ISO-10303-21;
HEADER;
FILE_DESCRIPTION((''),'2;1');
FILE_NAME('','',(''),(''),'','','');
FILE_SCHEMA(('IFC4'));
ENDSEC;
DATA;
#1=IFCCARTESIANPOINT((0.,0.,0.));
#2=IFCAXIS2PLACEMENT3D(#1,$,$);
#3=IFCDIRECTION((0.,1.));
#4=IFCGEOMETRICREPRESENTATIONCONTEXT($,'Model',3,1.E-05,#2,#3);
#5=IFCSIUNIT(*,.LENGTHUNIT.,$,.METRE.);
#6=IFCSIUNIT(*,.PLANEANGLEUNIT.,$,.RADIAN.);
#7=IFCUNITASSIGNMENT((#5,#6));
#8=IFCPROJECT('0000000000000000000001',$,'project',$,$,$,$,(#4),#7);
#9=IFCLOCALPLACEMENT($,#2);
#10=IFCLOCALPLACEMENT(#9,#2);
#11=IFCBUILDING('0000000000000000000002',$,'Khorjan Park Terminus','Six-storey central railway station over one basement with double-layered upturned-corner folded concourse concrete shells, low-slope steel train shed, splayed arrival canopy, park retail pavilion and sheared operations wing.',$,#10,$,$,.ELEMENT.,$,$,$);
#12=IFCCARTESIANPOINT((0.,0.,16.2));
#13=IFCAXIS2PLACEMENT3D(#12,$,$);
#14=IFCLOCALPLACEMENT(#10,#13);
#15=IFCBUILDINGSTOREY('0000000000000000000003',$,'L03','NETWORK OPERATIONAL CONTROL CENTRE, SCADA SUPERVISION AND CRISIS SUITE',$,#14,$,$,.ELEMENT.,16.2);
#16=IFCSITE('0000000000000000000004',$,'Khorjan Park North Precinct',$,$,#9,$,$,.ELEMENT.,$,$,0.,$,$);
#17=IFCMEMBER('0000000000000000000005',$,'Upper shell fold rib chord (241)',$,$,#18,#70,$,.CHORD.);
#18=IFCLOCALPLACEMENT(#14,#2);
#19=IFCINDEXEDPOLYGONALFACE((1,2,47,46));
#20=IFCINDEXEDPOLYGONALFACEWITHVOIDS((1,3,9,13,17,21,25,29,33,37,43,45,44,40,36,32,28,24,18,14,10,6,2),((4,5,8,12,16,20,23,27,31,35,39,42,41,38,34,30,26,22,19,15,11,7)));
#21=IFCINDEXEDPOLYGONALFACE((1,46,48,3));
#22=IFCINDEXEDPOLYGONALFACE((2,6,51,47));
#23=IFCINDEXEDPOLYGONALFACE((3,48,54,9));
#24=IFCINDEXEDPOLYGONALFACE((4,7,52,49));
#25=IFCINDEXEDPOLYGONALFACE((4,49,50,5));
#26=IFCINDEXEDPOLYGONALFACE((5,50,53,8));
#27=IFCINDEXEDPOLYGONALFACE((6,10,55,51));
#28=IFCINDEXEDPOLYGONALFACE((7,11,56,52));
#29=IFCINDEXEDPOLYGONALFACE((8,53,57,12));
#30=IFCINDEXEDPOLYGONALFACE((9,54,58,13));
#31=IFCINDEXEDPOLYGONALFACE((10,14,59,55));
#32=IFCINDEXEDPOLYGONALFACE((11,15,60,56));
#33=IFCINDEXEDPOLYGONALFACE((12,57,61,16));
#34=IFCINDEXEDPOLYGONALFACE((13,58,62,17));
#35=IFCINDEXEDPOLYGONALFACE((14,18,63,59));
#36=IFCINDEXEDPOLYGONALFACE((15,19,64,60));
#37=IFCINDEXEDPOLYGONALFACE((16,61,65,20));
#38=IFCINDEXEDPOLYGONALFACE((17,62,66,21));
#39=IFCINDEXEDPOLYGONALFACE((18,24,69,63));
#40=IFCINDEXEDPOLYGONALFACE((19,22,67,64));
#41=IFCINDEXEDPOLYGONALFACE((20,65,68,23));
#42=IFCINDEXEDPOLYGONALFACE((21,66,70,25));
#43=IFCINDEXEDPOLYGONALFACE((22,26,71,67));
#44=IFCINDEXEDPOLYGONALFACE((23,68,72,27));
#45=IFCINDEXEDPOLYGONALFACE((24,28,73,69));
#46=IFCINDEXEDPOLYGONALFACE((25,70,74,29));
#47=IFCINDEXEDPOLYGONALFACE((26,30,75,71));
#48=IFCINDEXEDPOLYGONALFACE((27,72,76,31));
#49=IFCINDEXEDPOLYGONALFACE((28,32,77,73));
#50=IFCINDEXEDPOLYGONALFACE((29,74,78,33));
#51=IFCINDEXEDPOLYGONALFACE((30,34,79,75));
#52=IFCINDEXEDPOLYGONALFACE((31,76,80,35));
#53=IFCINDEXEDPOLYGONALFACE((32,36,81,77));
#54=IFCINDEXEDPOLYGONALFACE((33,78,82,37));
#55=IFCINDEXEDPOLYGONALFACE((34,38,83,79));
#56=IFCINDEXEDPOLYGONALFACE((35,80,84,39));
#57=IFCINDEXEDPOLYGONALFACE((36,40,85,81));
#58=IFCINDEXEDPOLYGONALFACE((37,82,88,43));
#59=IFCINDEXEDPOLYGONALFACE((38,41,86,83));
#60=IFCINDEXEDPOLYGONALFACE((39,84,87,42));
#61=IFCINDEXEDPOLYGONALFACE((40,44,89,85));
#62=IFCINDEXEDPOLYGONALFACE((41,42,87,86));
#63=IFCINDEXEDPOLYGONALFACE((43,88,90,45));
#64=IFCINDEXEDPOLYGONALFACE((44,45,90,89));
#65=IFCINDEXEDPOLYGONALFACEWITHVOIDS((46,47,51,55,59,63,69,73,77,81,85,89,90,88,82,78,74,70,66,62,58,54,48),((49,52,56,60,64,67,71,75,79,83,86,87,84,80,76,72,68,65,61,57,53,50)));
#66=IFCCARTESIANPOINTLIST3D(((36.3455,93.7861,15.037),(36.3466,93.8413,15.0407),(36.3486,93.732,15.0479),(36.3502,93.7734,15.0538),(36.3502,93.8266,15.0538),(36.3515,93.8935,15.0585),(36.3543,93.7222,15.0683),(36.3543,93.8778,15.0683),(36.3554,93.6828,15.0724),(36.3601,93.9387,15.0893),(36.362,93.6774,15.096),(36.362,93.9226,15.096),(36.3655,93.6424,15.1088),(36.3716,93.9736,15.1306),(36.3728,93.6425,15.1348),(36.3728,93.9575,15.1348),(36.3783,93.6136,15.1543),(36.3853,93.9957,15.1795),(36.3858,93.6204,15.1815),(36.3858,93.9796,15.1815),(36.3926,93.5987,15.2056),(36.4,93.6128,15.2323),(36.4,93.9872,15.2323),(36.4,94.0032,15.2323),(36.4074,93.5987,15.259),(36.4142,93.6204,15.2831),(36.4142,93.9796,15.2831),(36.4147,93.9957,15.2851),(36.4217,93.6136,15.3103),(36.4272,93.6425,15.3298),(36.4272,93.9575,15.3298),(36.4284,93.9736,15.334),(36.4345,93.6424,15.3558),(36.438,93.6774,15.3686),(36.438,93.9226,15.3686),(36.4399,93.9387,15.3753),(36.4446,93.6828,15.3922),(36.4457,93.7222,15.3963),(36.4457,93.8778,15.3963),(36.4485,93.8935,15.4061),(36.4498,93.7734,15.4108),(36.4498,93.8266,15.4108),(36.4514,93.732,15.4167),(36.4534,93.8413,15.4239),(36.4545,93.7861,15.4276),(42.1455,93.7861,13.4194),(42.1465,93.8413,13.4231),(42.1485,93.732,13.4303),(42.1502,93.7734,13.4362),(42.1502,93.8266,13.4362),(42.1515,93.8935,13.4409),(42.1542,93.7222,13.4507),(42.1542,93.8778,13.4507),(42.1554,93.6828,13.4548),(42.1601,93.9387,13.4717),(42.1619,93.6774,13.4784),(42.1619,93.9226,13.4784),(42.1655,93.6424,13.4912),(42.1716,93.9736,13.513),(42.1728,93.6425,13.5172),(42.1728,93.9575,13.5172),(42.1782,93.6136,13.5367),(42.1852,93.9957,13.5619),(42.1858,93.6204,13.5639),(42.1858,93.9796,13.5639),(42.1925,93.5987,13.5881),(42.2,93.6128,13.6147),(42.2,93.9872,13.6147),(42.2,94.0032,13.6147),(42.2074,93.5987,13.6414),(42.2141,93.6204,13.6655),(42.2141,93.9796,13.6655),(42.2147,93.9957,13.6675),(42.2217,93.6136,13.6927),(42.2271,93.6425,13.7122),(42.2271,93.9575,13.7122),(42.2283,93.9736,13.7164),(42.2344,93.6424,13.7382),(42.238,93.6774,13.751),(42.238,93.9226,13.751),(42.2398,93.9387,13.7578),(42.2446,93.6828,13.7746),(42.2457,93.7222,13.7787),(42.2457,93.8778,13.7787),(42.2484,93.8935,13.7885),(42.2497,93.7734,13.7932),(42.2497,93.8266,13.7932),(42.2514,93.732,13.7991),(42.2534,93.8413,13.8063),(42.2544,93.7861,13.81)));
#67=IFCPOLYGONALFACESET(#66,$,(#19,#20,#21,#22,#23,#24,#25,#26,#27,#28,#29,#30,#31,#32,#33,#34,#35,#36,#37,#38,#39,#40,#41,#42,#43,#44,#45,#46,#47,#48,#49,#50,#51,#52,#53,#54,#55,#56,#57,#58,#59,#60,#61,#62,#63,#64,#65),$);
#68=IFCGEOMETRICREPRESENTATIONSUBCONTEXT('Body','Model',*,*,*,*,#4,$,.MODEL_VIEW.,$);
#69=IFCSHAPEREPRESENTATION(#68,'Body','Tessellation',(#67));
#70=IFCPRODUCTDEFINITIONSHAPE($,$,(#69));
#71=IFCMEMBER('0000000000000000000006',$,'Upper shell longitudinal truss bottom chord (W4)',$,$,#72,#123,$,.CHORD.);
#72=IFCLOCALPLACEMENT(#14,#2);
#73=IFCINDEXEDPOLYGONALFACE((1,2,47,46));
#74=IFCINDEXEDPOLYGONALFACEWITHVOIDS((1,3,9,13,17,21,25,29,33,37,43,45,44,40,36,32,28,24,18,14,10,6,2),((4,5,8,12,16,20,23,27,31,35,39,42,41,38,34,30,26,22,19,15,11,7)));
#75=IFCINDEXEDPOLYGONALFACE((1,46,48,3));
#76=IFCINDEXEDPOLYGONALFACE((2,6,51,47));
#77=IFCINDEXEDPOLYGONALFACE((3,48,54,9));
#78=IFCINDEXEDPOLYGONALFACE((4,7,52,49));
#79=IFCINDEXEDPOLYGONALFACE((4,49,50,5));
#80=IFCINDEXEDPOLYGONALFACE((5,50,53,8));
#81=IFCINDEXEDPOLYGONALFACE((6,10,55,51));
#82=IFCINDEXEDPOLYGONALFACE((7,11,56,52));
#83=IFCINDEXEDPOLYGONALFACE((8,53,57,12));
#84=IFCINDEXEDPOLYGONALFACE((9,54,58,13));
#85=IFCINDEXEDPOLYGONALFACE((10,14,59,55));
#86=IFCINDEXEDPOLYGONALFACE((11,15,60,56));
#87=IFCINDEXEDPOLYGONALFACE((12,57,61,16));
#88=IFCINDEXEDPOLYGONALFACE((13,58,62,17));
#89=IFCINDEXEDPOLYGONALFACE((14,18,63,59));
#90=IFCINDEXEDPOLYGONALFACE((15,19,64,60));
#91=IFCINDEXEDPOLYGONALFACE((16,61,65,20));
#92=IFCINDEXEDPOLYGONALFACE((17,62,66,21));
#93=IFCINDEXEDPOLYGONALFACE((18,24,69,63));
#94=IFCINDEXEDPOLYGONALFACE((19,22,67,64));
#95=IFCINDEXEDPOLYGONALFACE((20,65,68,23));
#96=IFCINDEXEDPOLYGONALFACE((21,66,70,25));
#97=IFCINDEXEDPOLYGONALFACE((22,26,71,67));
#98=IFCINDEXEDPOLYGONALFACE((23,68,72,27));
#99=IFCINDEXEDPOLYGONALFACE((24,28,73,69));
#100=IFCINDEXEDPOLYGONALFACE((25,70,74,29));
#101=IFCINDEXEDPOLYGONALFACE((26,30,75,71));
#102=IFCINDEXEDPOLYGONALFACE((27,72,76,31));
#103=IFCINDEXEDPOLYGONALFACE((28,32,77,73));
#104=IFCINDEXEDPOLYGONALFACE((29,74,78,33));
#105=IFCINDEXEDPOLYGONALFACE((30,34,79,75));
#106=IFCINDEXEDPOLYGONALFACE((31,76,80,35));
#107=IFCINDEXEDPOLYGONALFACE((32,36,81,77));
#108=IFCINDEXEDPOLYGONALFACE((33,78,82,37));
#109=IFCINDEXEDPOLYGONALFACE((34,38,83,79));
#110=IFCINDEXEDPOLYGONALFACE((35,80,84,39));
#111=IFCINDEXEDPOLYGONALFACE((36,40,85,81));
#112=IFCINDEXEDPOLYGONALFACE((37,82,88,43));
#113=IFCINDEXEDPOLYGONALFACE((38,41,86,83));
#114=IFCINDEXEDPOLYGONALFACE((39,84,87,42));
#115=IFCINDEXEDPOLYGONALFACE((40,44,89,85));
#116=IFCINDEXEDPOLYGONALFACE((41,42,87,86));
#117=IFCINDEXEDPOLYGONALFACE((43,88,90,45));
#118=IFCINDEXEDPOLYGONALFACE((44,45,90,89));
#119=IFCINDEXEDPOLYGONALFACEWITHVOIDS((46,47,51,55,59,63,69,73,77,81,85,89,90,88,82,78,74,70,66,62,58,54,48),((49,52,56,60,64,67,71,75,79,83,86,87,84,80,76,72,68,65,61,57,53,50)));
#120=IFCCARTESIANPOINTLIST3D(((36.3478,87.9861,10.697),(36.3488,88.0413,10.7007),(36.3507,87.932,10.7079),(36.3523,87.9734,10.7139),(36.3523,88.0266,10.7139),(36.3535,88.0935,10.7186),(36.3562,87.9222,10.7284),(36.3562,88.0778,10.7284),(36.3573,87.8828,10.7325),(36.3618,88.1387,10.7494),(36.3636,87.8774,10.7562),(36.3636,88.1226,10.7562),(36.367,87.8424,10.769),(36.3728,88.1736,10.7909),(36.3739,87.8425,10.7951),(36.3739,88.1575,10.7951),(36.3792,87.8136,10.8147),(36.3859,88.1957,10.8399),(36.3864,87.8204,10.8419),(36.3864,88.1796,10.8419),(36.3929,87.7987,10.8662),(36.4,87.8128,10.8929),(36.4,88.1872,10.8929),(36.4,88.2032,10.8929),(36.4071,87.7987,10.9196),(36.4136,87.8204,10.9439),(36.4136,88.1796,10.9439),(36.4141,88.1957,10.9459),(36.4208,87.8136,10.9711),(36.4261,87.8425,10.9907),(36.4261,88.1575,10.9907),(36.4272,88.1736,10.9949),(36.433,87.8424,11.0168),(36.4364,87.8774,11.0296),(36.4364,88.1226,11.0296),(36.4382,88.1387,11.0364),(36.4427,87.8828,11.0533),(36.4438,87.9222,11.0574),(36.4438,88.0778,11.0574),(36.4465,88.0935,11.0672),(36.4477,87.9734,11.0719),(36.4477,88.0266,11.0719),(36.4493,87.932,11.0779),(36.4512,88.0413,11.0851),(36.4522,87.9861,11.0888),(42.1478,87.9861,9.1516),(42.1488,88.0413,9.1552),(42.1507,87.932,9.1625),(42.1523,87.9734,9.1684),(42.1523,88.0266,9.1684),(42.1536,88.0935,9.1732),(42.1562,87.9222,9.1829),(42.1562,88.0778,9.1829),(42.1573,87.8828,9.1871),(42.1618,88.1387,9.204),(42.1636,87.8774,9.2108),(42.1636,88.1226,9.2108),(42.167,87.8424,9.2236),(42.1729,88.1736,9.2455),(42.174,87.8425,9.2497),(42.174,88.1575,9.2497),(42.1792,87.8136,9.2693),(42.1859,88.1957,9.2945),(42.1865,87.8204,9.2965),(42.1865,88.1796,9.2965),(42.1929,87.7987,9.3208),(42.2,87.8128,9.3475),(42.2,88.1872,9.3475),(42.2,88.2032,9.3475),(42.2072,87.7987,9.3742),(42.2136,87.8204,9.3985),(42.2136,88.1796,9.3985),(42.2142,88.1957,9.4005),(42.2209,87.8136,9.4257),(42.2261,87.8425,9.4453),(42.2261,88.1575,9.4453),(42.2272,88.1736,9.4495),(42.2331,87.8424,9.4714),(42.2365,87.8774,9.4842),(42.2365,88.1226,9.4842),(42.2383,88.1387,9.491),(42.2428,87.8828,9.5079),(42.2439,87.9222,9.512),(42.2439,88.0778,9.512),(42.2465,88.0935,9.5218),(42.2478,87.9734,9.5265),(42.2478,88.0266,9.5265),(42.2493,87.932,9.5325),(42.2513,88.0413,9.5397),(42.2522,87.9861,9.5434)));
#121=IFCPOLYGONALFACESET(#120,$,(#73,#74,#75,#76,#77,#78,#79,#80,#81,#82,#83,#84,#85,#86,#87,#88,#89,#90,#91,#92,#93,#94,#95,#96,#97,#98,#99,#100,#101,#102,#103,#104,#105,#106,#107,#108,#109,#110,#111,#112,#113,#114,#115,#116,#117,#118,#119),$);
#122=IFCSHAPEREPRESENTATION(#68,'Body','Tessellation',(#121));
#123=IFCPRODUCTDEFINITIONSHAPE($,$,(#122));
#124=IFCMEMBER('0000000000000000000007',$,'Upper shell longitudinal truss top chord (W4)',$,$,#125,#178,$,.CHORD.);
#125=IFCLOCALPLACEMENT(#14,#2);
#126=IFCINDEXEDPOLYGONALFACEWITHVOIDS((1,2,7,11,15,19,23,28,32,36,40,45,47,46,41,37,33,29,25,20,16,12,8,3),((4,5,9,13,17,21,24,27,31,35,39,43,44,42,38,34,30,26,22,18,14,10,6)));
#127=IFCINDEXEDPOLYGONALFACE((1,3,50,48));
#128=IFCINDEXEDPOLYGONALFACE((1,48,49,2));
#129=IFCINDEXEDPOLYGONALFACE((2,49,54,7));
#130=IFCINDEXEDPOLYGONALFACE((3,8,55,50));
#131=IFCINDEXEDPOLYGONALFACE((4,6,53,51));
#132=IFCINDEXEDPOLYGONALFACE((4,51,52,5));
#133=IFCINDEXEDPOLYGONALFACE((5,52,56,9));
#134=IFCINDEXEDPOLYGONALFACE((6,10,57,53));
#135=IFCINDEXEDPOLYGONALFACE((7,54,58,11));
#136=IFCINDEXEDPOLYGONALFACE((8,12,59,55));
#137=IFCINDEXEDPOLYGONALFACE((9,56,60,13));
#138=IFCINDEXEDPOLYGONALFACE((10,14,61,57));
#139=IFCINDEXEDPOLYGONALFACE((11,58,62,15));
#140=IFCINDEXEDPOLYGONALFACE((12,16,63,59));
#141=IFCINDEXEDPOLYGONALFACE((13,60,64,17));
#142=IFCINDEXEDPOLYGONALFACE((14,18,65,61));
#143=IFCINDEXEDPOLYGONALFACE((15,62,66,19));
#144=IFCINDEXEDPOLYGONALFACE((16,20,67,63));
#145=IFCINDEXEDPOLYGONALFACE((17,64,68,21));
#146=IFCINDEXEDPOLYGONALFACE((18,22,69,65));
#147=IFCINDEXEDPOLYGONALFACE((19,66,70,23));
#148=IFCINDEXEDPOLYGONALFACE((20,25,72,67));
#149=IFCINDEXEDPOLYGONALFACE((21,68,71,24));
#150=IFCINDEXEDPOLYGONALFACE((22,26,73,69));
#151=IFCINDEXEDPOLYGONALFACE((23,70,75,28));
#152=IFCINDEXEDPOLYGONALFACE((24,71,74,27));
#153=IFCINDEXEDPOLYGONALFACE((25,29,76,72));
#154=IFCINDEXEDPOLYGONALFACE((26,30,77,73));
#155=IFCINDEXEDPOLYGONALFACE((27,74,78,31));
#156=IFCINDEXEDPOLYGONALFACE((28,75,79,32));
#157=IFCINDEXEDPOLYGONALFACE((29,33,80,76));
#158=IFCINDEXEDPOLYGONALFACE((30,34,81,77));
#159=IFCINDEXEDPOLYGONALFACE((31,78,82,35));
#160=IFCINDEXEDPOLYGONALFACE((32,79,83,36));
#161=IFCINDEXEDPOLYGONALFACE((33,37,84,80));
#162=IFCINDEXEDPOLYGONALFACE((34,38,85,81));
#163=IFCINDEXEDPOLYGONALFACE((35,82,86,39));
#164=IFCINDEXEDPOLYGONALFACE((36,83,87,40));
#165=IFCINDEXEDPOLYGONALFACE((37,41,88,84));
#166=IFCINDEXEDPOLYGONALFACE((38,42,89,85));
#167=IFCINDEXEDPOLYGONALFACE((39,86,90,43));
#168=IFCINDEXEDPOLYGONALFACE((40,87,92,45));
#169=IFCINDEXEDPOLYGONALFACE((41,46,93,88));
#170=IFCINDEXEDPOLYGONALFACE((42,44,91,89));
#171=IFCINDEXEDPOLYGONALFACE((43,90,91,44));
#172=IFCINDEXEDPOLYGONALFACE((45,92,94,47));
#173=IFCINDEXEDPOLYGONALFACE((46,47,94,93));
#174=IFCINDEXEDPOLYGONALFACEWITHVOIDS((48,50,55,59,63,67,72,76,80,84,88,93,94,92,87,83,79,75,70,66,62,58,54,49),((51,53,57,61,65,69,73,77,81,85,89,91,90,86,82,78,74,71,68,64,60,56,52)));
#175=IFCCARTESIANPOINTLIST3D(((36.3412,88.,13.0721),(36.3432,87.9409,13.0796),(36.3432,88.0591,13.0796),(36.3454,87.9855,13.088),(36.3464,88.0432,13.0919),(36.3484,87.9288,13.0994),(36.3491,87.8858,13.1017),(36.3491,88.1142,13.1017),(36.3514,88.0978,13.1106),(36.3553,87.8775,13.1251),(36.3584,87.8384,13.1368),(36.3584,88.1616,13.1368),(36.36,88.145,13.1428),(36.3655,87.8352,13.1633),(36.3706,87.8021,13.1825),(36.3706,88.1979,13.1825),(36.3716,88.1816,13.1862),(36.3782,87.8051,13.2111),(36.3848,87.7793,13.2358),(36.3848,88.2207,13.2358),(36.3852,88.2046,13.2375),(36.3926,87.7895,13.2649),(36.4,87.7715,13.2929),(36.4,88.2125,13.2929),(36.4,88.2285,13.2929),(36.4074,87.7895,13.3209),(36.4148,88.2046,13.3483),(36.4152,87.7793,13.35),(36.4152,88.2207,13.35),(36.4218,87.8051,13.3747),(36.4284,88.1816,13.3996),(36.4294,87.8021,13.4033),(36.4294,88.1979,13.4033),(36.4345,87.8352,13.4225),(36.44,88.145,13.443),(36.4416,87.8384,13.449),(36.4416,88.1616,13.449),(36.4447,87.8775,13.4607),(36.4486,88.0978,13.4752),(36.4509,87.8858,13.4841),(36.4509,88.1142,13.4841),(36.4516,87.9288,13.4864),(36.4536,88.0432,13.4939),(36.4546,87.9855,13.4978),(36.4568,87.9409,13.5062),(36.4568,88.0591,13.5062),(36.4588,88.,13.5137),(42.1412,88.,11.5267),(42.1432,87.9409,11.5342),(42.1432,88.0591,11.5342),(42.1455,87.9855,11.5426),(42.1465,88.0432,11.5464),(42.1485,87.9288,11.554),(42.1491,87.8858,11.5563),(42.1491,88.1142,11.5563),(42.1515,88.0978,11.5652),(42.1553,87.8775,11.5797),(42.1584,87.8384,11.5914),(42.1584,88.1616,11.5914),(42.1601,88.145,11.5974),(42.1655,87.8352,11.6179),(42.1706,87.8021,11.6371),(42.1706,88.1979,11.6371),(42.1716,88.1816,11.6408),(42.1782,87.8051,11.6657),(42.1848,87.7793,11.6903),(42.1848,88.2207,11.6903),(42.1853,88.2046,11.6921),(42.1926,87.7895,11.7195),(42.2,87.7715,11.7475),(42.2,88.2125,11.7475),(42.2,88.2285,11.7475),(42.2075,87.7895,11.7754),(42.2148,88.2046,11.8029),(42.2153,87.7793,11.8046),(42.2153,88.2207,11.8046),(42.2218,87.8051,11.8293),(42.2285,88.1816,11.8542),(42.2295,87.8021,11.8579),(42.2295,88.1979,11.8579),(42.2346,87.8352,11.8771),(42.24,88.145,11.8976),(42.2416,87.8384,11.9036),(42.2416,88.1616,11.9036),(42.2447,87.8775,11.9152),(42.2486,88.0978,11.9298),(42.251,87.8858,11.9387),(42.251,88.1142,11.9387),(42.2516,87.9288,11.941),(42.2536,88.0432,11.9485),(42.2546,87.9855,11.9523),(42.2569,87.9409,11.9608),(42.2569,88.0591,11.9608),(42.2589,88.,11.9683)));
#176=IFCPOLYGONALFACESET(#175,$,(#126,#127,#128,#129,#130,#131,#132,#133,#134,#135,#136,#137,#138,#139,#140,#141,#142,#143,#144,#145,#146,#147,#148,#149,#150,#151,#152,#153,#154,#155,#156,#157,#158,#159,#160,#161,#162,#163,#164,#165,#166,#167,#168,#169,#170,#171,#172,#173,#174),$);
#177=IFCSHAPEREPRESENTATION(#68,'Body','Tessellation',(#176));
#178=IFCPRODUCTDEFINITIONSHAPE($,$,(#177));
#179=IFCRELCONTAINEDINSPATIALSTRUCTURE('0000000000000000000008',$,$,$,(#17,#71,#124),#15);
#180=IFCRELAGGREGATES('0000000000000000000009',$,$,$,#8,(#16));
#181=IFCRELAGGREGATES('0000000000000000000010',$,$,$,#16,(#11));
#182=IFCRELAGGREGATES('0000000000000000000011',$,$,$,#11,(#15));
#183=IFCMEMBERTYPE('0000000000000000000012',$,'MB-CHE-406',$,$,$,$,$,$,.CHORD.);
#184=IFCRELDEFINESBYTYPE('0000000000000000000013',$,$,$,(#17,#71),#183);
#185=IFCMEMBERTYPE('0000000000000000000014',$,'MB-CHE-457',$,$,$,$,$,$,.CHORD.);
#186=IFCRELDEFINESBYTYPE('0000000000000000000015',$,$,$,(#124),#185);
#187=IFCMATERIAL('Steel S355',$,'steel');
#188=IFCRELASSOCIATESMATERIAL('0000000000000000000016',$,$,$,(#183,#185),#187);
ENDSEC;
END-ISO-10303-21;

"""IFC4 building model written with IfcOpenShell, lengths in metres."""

from ifc_helpers import new_model, si_unit, direction, frame, origin, origin_2d, place, context, subcontext, project, spatial, hollow_circle, extrude, material, material_profile, profile_set, type_object, element, save


model = new_model("IFC4")

# Units and contexts
model_context = context("Model", 3, precision=1e-05, world=origin(), true_north=direction((0.0, 1.0)))
body_context = subcontext(model_context, "Body", "Model", "MODEL_VIEW")
ifc_project = project(units=[si_unit("LENGTHUNIT", "METRE"), si_unit("PLANEANGLEUNIT", "RADIAN")], contexts=[model_context])

# Site, building, storey
site_placement = place(None, origin())
site = spatial("IfcSite", under=ifc_project, at=site_placement, Name="Khorjan Park North Precinct", CompositionType="ELEMENT", RefElevation=0.0)
building_placement = place(site_placement, origin())
building = spatial("IfcBuilding", under=site, at=building_placement, Name="Khorjan Park Terminus", Description="Six-storey central railway station over one basement with double-layered upturned-corner folded concourse concrete shells, low-slope steel train shed, splayed arrival canopy, park retail pavilion and sheared operations wing.", CompositionType="ELEMENT")
storey_placement = place(building_placement, frame((0.0, 0.0, 16.2)))
storey = spatial("IfcBuildingStorey", under=building, at=storey_placement, Name="L03", Description="NETWORK OPERATIONAL CONTROL CENTRE, SCADA SUPERVISION AND CRISIS SUITE", CompositionType="ELEMENT", Elevation=16.2)

# Members
ifc_material = material(Name="Steel S355", Category="steel")
ifc_material_profile_1 = material_profile(ifc_material, hollow_circle(Radius=0.2032, WallThickness=0.016, at=origin_2d()), Name="CHS 406.4x16")
ifc_profile_set_1 = profile_set([ifc_material_profile_1], Name="Steel S355")
member_type_1 = type_object("IfcMemberType", Name="MB-CHE-406", PredefinedType="CHORD", material=ifc_profile_set_1)
member_1_placement = place(storey_placement, frame((36.4, 93.8, 15.2323), z_axis=(0.963239, 0.0, -0.268644), x_axis=(0.0, 1.0, 0.0)))
element("IfcMember", 1, at=member_1_placement, inside=storey, type_object=member_type_1, Name="Upper shell fold rib chord (241)", PredefinedType="CHORD", context=body_context, shape_type="SweptSolid", body=[
    extrude(hollow_circle(Radius=0.2032, WallThickness=0.016, at=origin_2d()), origin(), (0.0, 0.0, 1.0), 6.0213),
])
member_2_placement = place(storey_placement, frame((36.4, 88.0, 10.8929), z_axis=(0.966287, 0.0, -0.257466), x_axis=(0.0, 1.0, 0.0)))
element("IfcMember", 2, at=member_2_placement, inside=storey, type_object=member_type_1, Name="Upper shell longitudinal truss bottom chord (W4)", PredefinedType="CHORD", context=body_context, shape_type="SweptSolid", body=[
    extrude(hollow_circle(Radius=0.2032, WallThickness=0.016, at=origin_2d()), origin(), (0.0, 0.0, 1.0), 6.0024),
])
ifc_material_profile_2 = material_profile(ifc_material, hollow_circle(Radius=0.2285, WallThickness=0.016, at=origin_2d()), Name="CHS 457x16")
ifc_profile_set_2 = profile_set([ifc_material_profile_2], Name="Steel S355")
member_type_2 = type_object("IfcMemberType", Name="MB-CHE-457", PredefinedType="CHORD", material=ifc_profile_set_2)
member_3_placement = place(storey_placement, frame((36.4, 88.0, 13.2929), z_axis=(0.966287, 0.0, -0.257466), x_axis=(0.0, 1.0, 0.0)))
element("IfcMember", 3, at=member_3_placement, inside=storey, type_object=member_type_2, Name="Upper shell longitudinal truss top chord (W4)", PredefinedType="CHORD", context=body_context, shape_type="SweptSolid", body=[
    extrude(hollow_circle(Radius=0.2285, WallThickness=0.016, at=origin_2d()), origin(), (0.0, 0.0, 1.0), 6.0024),
])

save(model, "model.ifc")
